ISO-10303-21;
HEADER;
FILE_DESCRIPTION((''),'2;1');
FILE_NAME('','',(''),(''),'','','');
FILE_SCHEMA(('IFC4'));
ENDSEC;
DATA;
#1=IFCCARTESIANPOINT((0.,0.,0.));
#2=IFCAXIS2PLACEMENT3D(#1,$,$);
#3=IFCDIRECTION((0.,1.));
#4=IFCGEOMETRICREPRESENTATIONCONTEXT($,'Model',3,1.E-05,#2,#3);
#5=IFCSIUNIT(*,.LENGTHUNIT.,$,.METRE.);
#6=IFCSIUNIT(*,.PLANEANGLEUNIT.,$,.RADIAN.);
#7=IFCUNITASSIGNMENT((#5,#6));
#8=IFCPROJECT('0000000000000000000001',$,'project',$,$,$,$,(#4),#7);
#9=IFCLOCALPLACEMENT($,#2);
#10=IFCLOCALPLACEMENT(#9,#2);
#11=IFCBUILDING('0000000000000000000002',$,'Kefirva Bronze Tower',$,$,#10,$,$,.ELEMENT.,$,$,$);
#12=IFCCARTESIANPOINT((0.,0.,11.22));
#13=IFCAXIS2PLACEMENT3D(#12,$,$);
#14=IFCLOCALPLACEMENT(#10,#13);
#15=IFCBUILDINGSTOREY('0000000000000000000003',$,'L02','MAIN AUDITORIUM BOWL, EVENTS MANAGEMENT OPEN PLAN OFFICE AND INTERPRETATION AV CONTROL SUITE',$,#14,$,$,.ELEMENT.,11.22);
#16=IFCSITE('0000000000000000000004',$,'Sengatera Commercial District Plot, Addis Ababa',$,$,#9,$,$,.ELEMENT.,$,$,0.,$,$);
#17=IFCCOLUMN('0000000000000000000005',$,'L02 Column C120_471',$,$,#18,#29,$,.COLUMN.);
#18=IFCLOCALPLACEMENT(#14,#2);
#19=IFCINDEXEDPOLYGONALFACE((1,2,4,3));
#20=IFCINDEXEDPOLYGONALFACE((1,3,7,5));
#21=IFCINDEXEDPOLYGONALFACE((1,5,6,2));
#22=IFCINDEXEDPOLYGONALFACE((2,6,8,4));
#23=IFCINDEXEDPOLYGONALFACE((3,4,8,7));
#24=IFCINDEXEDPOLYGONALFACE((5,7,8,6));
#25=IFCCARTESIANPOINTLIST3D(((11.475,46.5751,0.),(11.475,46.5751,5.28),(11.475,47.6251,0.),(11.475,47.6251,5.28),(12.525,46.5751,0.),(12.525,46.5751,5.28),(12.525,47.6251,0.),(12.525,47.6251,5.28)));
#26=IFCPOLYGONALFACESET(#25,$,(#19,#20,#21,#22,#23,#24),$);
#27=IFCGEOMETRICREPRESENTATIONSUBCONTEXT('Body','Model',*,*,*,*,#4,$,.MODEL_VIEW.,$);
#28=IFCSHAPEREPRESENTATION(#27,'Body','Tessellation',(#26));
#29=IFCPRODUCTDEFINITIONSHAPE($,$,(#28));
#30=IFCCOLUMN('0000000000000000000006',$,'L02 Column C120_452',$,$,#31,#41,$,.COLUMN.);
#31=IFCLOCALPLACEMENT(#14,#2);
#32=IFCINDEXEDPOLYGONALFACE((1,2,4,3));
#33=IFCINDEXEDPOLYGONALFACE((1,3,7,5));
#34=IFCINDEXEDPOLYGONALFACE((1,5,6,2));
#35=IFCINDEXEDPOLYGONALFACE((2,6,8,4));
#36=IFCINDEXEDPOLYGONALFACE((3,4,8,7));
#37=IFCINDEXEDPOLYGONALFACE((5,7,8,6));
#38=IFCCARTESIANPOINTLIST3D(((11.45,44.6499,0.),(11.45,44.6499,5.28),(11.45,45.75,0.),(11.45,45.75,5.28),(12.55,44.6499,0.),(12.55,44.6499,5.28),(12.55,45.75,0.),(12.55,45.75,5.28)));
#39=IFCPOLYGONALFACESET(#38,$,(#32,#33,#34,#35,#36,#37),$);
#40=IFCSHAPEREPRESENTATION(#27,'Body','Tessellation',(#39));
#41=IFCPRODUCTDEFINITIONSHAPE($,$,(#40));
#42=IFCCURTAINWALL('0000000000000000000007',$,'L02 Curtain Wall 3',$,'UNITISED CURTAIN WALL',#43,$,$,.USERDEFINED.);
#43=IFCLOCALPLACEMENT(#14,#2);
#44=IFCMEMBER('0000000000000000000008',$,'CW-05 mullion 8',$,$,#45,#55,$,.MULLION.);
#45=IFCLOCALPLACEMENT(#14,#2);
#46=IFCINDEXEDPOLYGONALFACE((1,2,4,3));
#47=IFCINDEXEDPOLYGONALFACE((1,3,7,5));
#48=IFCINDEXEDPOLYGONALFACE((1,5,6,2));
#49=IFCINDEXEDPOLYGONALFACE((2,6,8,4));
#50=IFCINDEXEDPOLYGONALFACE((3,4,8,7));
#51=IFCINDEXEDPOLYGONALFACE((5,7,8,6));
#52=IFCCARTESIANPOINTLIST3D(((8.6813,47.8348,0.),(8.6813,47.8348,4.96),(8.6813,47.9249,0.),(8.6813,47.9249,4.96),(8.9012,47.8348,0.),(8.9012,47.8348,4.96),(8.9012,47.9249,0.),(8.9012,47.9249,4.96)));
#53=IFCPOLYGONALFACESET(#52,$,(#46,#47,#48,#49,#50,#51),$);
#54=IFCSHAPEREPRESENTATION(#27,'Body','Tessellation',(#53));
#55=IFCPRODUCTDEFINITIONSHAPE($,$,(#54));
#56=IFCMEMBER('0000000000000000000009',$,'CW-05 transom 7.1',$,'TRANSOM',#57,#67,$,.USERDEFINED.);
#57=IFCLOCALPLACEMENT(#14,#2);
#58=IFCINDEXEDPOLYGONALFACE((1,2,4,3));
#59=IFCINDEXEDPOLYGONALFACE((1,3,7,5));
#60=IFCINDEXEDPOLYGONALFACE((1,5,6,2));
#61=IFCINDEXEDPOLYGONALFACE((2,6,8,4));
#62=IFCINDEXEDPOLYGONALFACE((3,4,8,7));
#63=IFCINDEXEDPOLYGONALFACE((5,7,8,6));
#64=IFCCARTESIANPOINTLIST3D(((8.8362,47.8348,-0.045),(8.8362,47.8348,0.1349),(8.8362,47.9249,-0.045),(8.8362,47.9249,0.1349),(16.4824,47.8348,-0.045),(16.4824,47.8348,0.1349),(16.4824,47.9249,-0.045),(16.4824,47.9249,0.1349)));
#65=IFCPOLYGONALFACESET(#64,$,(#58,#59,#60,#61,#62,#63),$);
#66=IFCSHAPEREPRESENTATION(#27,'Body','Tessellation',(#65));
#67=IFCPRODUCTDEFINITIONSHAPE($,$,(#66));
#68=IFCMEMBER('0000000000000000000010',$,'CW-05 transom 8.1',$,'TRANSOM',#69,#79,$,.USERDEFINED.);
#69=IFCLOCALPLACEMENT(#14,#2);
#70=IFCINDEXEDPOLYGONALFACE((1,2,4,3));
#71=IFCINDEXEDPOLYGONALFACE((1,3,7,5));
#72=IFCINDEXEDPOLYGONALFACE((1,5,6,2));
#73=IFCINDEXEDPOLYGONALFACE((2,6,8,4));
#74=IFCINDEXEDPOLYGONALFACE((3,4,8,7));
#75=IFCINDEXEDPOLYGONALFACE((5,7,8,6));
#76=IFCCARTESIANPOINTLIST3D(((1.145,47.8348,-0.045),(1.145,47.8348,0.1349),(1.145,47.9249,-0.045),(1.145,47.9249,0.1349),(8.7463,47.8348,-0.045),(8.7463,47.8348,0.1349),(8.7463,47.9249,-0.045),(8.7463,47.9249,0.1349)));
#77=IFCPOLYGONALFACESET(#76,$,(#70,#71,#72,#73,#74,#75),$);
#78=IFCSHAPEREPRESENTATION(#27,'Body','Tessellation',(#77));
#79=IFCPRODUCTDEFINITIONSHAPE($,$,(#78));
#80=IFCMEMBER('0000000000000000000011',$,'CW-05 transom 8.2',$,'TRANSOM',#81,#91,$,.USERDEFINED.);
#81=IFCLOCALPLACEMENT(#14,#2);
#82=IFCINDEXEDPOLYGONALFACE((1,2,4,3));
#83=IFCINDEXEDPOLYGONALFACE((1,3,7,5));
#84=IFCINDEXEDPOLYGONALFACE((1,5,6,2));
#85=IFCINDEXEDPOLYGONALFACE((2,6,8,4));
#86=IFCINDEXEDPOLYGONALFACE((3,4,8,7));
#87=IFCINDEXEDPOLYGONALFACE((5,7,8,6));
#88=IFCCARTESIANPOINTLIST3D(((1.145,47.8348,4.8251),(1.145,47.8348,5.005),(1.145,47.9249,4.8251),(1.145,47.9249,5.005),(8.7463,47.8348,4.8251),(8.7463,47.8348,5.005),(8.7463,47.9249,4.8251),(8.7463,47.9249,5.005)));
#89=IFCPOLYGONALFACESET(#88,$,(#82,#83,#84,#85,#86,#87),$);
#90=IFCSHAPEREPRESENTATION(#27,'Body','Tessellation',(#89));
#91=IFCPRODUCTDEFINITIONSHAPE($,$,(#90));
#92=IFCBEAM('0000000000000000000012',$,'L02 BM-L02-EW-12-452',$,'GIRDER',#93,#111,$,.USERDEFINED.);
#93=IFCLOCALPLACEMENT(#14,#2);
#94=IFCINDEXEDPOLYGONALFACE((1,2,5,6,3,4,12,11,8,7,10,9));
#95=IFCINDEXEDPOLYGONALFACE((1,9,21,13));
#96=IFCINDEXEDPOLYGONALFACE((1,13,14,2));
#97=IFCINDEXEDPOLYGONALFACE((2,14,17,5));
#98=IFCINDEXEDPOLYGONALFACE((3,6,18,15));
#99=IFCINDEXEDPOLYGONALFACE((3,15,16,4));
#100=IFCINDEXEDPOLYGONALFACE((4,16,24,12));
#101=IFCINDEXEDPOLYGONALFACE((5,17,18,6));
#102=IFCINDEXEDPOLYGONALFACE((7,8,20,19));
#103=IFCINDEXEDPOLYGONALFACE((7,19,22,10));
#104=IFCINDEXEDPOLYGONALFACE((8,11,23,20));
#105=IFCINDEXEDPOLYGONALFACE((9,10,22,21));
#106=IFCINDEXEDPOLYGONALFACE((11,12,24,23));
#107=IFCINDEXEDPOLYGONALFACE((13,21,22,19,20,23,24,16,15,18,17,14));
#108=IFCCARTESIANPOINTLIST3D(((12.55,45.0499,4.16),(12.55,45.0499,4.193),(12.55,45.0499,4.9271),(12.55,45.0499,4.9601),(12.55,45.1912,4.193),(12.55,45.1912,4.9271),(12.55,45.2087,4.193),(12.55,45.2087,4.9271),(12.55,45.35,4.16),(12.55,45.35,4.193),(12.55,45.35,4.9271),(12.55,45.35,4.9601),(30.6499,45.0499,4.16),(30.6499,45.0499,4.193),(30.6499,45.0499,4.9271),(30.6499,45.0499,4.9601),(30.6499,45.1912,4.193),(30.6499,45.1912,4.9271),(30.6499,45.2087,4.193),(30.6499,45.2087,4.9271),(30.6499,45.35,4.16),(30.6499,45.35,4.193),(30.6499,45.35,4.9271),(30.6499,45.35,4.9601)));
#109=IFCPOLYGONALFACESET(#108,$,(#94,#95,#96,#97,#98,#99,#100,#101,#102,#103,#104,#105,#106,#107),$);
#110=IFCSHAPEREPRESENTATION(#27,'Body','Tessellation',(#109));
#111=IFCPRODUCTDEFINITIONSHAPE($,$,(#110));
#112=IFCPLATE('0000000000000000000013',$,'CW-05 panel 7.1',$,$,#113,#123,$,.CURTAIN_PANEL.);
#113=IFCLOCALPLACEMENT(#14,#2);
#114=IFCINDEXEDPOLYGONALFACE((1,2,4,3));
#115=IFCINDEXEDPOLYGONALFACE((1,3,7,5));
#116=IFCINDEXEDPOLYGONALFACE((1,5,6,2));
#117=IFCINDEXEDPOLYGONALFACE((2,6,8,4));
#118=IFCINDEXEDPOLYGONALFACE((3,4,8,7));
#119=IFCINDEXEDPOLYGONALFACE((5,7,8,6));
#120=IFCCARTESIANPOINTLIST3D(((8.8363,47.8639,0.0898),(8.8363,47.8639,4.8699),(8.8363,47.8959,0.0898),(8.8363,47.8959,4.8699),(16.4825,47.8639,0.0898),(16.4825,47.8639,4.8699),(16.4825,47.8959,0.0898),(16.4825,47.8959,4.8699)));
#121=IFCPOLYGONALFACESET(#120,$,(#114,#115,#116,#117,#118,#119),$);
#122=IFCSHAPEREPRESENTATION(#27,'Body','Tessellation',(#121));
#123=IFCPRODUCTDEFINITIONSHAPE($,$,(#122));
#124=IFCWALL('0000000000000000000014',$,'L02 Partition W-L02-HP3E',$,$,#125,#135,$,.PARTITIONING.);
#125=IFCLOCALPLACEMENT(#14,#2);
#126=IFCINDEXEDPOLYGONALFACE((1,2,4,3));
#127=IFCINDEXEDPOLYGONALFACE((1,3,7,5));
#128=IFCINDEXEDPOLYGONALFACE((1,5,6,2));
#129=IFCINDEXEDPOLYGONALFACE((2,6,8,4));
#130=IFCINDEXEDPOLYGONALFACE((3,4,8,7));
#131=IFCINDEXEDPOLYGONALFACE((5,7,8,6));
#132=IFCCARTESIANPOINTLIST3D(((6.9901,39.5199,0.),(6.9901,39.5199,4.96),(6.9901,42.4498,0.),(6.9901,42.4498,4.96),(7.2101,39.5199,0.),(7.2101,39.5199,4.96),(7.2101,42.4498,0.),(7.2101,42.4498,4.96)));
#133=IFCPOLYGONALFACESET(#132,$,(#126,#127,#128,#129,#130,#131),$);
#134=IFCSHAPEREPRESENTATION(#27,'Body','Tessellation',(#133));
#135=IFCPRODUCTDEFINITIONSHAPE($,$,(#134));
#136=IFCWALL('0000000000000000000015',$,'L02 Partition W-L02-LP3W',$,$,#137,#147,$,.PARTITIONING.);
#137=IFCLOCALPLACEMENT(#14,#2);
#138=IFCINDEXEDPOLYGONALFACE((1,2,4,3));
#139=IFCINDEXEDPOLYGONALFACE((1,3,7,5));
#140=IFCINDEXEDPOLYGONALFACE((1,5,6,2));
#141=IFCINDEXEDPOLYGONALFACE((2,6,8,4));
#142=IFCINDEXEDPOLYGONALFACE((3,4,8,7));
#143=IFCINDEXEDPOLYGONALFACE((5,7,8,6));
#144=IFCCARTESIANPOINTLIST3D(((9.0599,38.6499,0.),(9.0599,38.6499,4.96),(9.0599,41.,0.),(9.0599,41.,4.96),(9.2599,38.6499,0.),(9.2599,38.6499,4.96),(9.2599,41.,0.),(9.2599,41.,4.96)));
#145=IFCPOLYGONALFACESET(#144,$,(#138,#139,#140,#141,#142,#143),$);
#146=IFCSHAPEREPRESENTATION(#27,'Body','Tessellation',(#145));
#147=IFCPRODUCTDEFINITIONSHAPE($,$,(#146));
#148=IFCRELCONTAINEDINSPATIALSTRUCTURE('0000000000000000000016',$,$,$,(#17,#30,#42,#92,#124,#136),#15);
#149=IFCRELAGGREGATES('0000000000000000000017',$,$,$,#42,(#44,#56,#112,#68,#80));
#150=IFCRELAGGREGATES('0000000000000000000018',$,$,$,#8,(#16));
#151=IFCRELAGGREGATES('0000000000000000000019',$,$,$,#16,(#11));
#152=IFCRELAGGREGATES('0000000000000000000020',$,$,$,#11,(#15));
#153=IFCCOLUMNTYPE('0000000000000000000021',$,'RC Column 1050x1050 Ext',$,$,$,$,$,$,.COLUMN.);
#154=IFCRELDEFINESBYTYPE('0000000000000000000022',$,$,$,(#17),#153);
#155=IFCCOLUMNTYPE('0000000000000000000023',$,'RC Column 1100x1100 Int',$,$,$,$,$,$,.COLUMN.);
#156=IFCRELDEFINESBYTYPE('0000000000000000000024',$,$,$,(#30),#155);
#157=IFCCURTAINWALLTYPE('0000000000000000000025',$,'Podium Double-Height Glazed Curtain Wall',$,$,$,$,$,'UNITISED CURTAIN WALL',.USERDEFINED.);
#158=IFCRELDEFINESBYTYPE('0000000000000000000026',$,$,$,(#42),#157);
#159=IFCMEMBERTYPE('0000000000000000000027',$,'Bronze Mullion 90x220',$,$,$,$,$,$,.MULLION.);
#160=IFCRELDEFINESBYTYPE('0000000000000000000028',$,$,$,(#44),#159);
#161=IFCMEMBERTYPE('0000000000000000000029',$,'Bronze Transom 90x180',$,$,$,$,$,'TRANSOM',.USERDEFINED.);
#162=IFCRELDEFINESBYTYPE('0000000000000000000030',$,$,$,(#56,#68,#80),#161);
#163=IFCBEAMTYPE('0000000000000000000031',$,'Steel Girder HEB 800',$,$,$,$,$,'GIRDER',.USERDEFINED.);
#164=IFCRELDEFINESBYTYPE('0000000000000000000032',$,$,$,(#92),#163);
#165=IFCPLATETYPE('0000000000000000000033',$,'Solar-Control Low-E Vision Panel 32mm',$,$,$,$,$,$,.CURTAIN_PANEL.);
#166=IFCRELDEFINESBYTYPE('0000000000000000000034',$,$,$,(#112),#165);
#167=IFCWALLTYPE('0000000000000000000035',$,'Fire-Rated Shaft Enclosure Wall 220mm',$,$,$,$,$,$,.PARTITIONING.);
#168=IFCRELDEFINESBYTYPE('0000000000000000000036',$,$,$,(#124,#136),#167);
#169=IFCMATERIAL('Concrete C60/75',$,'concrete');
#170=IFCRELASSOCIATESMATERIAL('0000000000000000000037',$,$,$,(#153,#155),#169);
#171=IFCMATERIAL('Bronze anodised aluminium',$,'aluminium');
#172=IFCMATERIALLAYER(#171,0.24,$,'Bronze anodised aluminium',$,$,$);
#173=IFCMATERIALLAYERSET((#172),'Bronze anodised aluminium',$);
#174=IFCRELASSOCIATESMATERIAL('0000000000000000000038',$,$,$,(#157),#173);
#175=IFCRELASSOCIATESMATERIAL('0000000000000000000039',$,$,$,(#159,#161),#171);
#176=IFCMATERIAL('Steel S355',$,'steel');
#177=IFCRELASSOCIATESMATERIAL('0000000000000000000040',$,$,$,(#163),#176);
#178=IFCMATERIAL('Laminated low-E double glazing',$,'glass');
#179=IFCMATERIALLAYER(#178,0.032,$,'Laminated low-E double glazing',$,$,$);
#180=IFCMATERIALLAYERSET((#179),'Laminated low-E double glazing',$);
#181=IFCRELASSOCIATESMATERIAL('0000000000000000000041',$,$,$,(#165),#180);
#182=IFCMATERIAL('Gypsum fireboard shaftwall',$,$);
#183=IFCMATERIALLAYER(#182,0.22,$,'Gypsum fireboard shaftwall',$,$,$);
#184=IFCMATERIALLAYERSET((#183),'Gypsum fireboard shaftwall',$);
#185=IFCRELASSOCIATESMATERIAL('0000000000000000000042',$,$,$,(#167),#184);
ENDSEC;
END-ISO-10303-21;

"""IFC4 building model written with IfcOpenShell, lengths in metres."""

from ifc_helpers import new_model, si_unit, direction, frame, frame_2d, origin, origin_2d, place, context, subcontext, project, spatial, rectangle, i_section, extrude, material, layer, layer_set, material_profile, profile_set, type_object, element, aggregate, save


model = new_model("IFC4")

# Units and contexts
model_context = context("Model", 3, precision=1e-05, world=origin(), true_north=direction((0.0, 1.0)))
body_context = subcontext(model_context, "Body", "Model", "MODEL_VIEW")
ifc_project = project(units=[si_unit("LENGTHUNIT", "METRE"), si_unit("PLANEANGLEUNIT", "RADIAN")], contexts=[model_context])

# Site, building, storey
site_placement = place(None, origin())
site = spatial("IfcSite", under=ifc_project, at=site_placement, Name="Sengatera Commercial District Plot, Addis Ababa", CompositionType="ELEMENT", RefElevation=0.0)
building_placement = place(site_placement, origin())
building = spatial("IfcBuilding", under=site, at=building_placement, Name="Kefirva Bronze Tower", CompositionType="ELEMENT")
storey_placement = place(building_placement, frame((0.0, 0.0, 11.22)))
storey = spatial("IfcBuildingStorey", under=building, at=storey_placement, Name="L02", Description="MAIN AUDITORIUM BOWL, EVENTS MANAGEMENT OPEN PLAN OFFICE AND INTERPRETATION AV CONTROL SUITE", CompositionType="ELEMENT", Elevation=11.22)

# Columns
ifc_material_1 = material(Name="Concrete C60/75", Category="concrete")
ifc_material_profile_1 = material_profile(ifc_material_1, rectangle(XDim=1.05, YDim=1.05, at=origin_2d()), Name="RC 1050x1050")
ifc_profile_set_1 = profile_set([ifc_material_profile_1], Name="Concrete C60/75")
column_type_1 = type_object("IfcColumnType", Name="RC Column 1050x1050 Ext", PredefinedType="COLUMN", material=ifc_profile_set_1)
column_1_placement = place(storey_placement, frame((12.0, 47.1001, 0.0), z_axis=(0.0, 0.0, 1.0), x_axis=(1.0, 0.0, 0.0)))
element("IfcColumn", 1, at=column_1_placement, inside=storey, type_object=column_type_1, Name="L02 Column C120_471", PredefinedType="COLUMN", context=body_context, shape_type="SweptSolid", body=[
    extrude(rectangle(XDim=1.05, YDim=1.05, at=origin_2d()), origin(), (0.0, 0.0, 1.0), 5.28),
])
ifc_material_profile_2 = material_profile(ifc_material_1, rectangle(XDim=1.1001, YDim=1.1001, at=origin_2d()), Name="RC 1100x1100")
ifc_profile_set_2 = profile_set([ifc_material_profile_2], Name="Concrete C60/75")
column_type_2 = type_object("IfcColumnType", Name="RC Column 1100x1100 Int", PredefinedType="COLUMN", material=ifc_profile_set_2)
column_2_placement = place(storey_placement, frame((12.0, 45.2, 0.0), z_axis=(0.0, 0.0, 1.0), x_axis=(1.0, 0.0, 0.0)))
element("IfcColumn", 2, at=column_2_placement, inside=storey, type_object=column_type_2, Name="L02 Column C120_452", PredefinedType="COLUMN", context=body_context, shape_type="SweptSolid", body=[
    extrude(rectangle(XDim=1.1001, YDim=1.1001, at=origin_2d()), origin(), (0.0, 0.0, 1.0), 5.28),
])

# Curtain wall, members
ifc_material_2 = material(Name="Bronze anodised aluminium", Category="aluminium")
ifc_layer_1 = layer(ifc_material_2, 0.24, Name="Bronze anodised aluminium")
ifc_layer_set_1 = layer_set([ifc_layer_1], Name="Bronze anodised aluminium")
curtain_wall_type = type_object("IfcCurtainWallType", Name="Podium Double-Height Glazed Curtain Wall", ElementType="UNITISED CURTAIN WALL", PredefinedType="USERDEFINED", material=ifc_layer_set_1)
curtain_wall_placement = place(storey_placement, origin())
curtain_wall = element("IfcCurtainWall", 3, at=curtain_wall_placement, inside=storey, type_object=curtain_wall_type, Name="L02 Curtain Wall 3", ObjectType="UNITISED CURTAIN WALL", PredefinedType="USERDEFINED")
ifc_material_profile_3 = material_profile(ifc_material_2, rectangle(XDim=0.0901, YDim=0.22, at=origin_2d()), Name="ALU 90x220")
ifc_profile_set_3 = profile_set([ifc_material_profile_3], Name="Bronze anodised aluminium")
member_type_1 = type_object("IfcMemberType", Name="Bronze Mullion 90x220", PredefinedType="MULLION", material=ifc_profile_set_3)
member_1_placement = place(storey_placement, frame((8.7913, 47.8799, 0.0), z_axis=(0.0, 0.0, 1.0), x_axis=(0.0, -1.0, 0.0)))
member_1 = element("IfcMember", 4, at=member_1_placement, type_object=member_type_1, Name="CW-05 mullion 8", PredefinedType="MULLION", context=body_context, shape_type="SweptSolid", body=[
    extrude(rectangle(XDim=0.0901, YDim=0.22, at=origin_2d()), origin(), (0.0, 0.0, 1.0), 4.96),
])
ifc_material_profile_4 = material_profile(ifc_material_2, rectangle(XDim=0.0901, YDim=0.1799, at=origin_2d()), Name="ALU 90x180")
ifc_profile_set_4 = profile_set([ifc_material_profile_4], Name="Bronze anodised aluminium")
member_type_2 = type_object("IfcMemberType", Name="Bronze Transom 90x180", ElementType="TRANSOM", PredefinedType="USERDEFINED", material=ifc_profile_set_4)
member_2_placement = place(storey_placement, frame((16.4824, 47.8799, 0.0449), z_axis=(-1.0, 0.0, 0.0), x_axis=(0.0, -1.0, 0.0)))
member_2 = element("IfcMember", 5, at=member_2_placement, type_object=member_type_2, Name="CW-05 transom 7.1", ObjectType="TRANSOM", PredefinedType="USERDEFINED", context=body_context, shape_type="SweptSolid", body=[
    extrude(rectangle(XDim=0.0901, YDim=0.1799, at=origin_2d()), origin(), (0.0, 0.0, 1.0), 7.6462),
])
member_3_placement = place(storey_placement, frame((8.7463, 47.8799, 0.0449), z_axis=(-1.0, 0.0, 0.0), x_axis=(0.0, -1.0, 0.0)))
member_3 = element("IfcMember", 6, at=member_3_placement, type_object=member_type_2, Name="CW-05 transom 8.1", ObjectType="TRANSOM", PredefinedType="USERDEFINED", context=body_context, shape_type="SweptSolid", body=[
    extrude(rectangle(XDim=0.0901, YDim=0.1799, at=origin_2d()), origin(), (0.0, 0.0, 1.0), 7.6013),
])
member_4_placement = place(storey_placement, frame((8.7463, 47.8799, 4.915), z_axis=(-1.0, 0.0, 0.0), x_axis=(0.0, -1.0, 0.0)))
member_4 = element("IfcMember", 7, at=member_4_placement, type_object=member_type_2, Name="CW-05 transom 8.2", ObjectType="TRANSOM", PredefinedType="USERDEFINED", context=body_context, shape_type="SweptSolid", body=[
    extrude(rectangle(XDim=0.0901, YDim=0.1799, at=origin_2d()), origin(), (0.0, 0.0, 1.0), 7.6013),
])

# Beam
ifc_material_3 = material(Name="Steel S355", Category="steel")
ifc_material_profile_5 = material_profile(ifc_material_3, i_section(OverallWidth=0.3, OverallDepth=0.8, WebThickness=0.0176, FlangeThickness=0.033, at=origin_2d()), Name="HEB 800")
ifc_profile_set_5 = profile_set([ifc_material_profile_5], Name="Steel S355")
beam_type = type_object("IfcBeamType", Name="Steel Girder HEB 800", ElementType="GIRDER", PredefinedType="USERDEFINED", material=ifc_profile_set_5)
beam_placement = place(storey_placement, frame((12.55, 45.2, 4.5601), z_axis=(1.0, 0.0, 0.0), x_axis=(0.0, 1.0, 0.0)))
element("IfcBeam", 8, at=beam_placement, inside=storey, type_object=beam_type, Name="L02 BM-L02-EW-12-452", ObjectType="GIRDER", PredefinedType="USERDEFINED", context=body_context, shape_type="SweptSolid", body=[
    extrude(i_section(OverallWidth=0.3, OverallDepth=0.8, WebThickness=0.0176, FlangeThickness=0.033, at=origin_2d()), origin(), (0.0, 0.0, 1.0), 18.0999),
])

# Plate
ifc_material_4 = material(Name="Laminated low-E double glazing", Category="glass")
ifc_layer_2 = layer(ifc_material_4, 0.032, Name="Laminated low-E double glazing")
ifc_layer_set_2 = layer_set([ifc_layer_2], Name="Laminated low-E double glazing")
plate_type = type_object("IfcPlateType", Name="Solar-Control Low-E Vision Panel 32mm", PredefinedType="CURTAIN_PANEL", material=ifc_layer_set_2)
plate_placement = place(storey_placement, frame((12.6594, 47.8799, 0.0898), z_axis=(0.0, 0.0, 1.0), x_axis=(-1.0, 0.0, 0.0)))
plate = element("IfcPlate", 9, at=plate_placement, type_object=plate_type, Name="CW-05 panel 7.1", PredefinedType="CURTAIN_PANEL", context=body_context, shape_type="SweptSolid", body=[
    extrude(rectangle(XDim=7.6462, YDim=0.032, at=origin_2d()), origin(), (0.0, 0.0, 1.0), 4.78),
])
aggregate(curtain_wall, [member_1, member_2, plate, member_3, member_4])

# Walls
ifc_material_5 = material(Name="Gypsum fireboard shaftwall")
ifc_layer_3 = layer(ifc_material_5, 0.22, Name="Gypsum fireboard shaftwall")
ifc_layer_set_3 = layer_set([ifc_layer_3], Name="Gypsum fireboard shaftwall")
wall_type_1 = type_object("IfcWallType", Name="Fire-Rated Shaft Enclosure Wall 220mm", PredefinedType="PARTITIONING", material=ifc_layer_set_3)
wall_1_placement = place(storey_placement, frame((7.1001, 39.52, 0.0), z_axis=(0.0, 0.0, 1.0), x_axis=(0.0, 1.0, 0.0)))
element("IfcWall", 10, at=wall_1_placement, inside=storey, type_object=wall_type_1, Name="L02 Partition W-L02-HP3E", PredefinedType="PARTITIONING", context=body_context, shape_type="SweptSolid", body=[
    extrude(rectangle(XDim=2.9299, YDim=0.22, at=frame_2d((1.4648, 0.0))), origin(), (0.0, 0.0, 1.0), 4.96),
])
wall_2_placement = place(storey_placement, frame((9.1599, 38.6499, 0.0), z_axis=(0.0, 0.0, 1.0), x_axis=(0.0, 1.0, 0.0)))
element("IfcWall", 11, at=wall_2_placement, inside=storey, type_object=wall_type_1, Name="L02 Partition W-L02-LP3W", PredefinedType="PARTITIONING", context=body_context, shape_type="SweptSolid", body=[
    extrude(rectangle(XDim=2.3501, YDim=0.2, at=frame_2d((1.175, 0.0))), origin(), (0.0, 0.0, 1.0), 4.96),
])

save(model, "model.ifc")
